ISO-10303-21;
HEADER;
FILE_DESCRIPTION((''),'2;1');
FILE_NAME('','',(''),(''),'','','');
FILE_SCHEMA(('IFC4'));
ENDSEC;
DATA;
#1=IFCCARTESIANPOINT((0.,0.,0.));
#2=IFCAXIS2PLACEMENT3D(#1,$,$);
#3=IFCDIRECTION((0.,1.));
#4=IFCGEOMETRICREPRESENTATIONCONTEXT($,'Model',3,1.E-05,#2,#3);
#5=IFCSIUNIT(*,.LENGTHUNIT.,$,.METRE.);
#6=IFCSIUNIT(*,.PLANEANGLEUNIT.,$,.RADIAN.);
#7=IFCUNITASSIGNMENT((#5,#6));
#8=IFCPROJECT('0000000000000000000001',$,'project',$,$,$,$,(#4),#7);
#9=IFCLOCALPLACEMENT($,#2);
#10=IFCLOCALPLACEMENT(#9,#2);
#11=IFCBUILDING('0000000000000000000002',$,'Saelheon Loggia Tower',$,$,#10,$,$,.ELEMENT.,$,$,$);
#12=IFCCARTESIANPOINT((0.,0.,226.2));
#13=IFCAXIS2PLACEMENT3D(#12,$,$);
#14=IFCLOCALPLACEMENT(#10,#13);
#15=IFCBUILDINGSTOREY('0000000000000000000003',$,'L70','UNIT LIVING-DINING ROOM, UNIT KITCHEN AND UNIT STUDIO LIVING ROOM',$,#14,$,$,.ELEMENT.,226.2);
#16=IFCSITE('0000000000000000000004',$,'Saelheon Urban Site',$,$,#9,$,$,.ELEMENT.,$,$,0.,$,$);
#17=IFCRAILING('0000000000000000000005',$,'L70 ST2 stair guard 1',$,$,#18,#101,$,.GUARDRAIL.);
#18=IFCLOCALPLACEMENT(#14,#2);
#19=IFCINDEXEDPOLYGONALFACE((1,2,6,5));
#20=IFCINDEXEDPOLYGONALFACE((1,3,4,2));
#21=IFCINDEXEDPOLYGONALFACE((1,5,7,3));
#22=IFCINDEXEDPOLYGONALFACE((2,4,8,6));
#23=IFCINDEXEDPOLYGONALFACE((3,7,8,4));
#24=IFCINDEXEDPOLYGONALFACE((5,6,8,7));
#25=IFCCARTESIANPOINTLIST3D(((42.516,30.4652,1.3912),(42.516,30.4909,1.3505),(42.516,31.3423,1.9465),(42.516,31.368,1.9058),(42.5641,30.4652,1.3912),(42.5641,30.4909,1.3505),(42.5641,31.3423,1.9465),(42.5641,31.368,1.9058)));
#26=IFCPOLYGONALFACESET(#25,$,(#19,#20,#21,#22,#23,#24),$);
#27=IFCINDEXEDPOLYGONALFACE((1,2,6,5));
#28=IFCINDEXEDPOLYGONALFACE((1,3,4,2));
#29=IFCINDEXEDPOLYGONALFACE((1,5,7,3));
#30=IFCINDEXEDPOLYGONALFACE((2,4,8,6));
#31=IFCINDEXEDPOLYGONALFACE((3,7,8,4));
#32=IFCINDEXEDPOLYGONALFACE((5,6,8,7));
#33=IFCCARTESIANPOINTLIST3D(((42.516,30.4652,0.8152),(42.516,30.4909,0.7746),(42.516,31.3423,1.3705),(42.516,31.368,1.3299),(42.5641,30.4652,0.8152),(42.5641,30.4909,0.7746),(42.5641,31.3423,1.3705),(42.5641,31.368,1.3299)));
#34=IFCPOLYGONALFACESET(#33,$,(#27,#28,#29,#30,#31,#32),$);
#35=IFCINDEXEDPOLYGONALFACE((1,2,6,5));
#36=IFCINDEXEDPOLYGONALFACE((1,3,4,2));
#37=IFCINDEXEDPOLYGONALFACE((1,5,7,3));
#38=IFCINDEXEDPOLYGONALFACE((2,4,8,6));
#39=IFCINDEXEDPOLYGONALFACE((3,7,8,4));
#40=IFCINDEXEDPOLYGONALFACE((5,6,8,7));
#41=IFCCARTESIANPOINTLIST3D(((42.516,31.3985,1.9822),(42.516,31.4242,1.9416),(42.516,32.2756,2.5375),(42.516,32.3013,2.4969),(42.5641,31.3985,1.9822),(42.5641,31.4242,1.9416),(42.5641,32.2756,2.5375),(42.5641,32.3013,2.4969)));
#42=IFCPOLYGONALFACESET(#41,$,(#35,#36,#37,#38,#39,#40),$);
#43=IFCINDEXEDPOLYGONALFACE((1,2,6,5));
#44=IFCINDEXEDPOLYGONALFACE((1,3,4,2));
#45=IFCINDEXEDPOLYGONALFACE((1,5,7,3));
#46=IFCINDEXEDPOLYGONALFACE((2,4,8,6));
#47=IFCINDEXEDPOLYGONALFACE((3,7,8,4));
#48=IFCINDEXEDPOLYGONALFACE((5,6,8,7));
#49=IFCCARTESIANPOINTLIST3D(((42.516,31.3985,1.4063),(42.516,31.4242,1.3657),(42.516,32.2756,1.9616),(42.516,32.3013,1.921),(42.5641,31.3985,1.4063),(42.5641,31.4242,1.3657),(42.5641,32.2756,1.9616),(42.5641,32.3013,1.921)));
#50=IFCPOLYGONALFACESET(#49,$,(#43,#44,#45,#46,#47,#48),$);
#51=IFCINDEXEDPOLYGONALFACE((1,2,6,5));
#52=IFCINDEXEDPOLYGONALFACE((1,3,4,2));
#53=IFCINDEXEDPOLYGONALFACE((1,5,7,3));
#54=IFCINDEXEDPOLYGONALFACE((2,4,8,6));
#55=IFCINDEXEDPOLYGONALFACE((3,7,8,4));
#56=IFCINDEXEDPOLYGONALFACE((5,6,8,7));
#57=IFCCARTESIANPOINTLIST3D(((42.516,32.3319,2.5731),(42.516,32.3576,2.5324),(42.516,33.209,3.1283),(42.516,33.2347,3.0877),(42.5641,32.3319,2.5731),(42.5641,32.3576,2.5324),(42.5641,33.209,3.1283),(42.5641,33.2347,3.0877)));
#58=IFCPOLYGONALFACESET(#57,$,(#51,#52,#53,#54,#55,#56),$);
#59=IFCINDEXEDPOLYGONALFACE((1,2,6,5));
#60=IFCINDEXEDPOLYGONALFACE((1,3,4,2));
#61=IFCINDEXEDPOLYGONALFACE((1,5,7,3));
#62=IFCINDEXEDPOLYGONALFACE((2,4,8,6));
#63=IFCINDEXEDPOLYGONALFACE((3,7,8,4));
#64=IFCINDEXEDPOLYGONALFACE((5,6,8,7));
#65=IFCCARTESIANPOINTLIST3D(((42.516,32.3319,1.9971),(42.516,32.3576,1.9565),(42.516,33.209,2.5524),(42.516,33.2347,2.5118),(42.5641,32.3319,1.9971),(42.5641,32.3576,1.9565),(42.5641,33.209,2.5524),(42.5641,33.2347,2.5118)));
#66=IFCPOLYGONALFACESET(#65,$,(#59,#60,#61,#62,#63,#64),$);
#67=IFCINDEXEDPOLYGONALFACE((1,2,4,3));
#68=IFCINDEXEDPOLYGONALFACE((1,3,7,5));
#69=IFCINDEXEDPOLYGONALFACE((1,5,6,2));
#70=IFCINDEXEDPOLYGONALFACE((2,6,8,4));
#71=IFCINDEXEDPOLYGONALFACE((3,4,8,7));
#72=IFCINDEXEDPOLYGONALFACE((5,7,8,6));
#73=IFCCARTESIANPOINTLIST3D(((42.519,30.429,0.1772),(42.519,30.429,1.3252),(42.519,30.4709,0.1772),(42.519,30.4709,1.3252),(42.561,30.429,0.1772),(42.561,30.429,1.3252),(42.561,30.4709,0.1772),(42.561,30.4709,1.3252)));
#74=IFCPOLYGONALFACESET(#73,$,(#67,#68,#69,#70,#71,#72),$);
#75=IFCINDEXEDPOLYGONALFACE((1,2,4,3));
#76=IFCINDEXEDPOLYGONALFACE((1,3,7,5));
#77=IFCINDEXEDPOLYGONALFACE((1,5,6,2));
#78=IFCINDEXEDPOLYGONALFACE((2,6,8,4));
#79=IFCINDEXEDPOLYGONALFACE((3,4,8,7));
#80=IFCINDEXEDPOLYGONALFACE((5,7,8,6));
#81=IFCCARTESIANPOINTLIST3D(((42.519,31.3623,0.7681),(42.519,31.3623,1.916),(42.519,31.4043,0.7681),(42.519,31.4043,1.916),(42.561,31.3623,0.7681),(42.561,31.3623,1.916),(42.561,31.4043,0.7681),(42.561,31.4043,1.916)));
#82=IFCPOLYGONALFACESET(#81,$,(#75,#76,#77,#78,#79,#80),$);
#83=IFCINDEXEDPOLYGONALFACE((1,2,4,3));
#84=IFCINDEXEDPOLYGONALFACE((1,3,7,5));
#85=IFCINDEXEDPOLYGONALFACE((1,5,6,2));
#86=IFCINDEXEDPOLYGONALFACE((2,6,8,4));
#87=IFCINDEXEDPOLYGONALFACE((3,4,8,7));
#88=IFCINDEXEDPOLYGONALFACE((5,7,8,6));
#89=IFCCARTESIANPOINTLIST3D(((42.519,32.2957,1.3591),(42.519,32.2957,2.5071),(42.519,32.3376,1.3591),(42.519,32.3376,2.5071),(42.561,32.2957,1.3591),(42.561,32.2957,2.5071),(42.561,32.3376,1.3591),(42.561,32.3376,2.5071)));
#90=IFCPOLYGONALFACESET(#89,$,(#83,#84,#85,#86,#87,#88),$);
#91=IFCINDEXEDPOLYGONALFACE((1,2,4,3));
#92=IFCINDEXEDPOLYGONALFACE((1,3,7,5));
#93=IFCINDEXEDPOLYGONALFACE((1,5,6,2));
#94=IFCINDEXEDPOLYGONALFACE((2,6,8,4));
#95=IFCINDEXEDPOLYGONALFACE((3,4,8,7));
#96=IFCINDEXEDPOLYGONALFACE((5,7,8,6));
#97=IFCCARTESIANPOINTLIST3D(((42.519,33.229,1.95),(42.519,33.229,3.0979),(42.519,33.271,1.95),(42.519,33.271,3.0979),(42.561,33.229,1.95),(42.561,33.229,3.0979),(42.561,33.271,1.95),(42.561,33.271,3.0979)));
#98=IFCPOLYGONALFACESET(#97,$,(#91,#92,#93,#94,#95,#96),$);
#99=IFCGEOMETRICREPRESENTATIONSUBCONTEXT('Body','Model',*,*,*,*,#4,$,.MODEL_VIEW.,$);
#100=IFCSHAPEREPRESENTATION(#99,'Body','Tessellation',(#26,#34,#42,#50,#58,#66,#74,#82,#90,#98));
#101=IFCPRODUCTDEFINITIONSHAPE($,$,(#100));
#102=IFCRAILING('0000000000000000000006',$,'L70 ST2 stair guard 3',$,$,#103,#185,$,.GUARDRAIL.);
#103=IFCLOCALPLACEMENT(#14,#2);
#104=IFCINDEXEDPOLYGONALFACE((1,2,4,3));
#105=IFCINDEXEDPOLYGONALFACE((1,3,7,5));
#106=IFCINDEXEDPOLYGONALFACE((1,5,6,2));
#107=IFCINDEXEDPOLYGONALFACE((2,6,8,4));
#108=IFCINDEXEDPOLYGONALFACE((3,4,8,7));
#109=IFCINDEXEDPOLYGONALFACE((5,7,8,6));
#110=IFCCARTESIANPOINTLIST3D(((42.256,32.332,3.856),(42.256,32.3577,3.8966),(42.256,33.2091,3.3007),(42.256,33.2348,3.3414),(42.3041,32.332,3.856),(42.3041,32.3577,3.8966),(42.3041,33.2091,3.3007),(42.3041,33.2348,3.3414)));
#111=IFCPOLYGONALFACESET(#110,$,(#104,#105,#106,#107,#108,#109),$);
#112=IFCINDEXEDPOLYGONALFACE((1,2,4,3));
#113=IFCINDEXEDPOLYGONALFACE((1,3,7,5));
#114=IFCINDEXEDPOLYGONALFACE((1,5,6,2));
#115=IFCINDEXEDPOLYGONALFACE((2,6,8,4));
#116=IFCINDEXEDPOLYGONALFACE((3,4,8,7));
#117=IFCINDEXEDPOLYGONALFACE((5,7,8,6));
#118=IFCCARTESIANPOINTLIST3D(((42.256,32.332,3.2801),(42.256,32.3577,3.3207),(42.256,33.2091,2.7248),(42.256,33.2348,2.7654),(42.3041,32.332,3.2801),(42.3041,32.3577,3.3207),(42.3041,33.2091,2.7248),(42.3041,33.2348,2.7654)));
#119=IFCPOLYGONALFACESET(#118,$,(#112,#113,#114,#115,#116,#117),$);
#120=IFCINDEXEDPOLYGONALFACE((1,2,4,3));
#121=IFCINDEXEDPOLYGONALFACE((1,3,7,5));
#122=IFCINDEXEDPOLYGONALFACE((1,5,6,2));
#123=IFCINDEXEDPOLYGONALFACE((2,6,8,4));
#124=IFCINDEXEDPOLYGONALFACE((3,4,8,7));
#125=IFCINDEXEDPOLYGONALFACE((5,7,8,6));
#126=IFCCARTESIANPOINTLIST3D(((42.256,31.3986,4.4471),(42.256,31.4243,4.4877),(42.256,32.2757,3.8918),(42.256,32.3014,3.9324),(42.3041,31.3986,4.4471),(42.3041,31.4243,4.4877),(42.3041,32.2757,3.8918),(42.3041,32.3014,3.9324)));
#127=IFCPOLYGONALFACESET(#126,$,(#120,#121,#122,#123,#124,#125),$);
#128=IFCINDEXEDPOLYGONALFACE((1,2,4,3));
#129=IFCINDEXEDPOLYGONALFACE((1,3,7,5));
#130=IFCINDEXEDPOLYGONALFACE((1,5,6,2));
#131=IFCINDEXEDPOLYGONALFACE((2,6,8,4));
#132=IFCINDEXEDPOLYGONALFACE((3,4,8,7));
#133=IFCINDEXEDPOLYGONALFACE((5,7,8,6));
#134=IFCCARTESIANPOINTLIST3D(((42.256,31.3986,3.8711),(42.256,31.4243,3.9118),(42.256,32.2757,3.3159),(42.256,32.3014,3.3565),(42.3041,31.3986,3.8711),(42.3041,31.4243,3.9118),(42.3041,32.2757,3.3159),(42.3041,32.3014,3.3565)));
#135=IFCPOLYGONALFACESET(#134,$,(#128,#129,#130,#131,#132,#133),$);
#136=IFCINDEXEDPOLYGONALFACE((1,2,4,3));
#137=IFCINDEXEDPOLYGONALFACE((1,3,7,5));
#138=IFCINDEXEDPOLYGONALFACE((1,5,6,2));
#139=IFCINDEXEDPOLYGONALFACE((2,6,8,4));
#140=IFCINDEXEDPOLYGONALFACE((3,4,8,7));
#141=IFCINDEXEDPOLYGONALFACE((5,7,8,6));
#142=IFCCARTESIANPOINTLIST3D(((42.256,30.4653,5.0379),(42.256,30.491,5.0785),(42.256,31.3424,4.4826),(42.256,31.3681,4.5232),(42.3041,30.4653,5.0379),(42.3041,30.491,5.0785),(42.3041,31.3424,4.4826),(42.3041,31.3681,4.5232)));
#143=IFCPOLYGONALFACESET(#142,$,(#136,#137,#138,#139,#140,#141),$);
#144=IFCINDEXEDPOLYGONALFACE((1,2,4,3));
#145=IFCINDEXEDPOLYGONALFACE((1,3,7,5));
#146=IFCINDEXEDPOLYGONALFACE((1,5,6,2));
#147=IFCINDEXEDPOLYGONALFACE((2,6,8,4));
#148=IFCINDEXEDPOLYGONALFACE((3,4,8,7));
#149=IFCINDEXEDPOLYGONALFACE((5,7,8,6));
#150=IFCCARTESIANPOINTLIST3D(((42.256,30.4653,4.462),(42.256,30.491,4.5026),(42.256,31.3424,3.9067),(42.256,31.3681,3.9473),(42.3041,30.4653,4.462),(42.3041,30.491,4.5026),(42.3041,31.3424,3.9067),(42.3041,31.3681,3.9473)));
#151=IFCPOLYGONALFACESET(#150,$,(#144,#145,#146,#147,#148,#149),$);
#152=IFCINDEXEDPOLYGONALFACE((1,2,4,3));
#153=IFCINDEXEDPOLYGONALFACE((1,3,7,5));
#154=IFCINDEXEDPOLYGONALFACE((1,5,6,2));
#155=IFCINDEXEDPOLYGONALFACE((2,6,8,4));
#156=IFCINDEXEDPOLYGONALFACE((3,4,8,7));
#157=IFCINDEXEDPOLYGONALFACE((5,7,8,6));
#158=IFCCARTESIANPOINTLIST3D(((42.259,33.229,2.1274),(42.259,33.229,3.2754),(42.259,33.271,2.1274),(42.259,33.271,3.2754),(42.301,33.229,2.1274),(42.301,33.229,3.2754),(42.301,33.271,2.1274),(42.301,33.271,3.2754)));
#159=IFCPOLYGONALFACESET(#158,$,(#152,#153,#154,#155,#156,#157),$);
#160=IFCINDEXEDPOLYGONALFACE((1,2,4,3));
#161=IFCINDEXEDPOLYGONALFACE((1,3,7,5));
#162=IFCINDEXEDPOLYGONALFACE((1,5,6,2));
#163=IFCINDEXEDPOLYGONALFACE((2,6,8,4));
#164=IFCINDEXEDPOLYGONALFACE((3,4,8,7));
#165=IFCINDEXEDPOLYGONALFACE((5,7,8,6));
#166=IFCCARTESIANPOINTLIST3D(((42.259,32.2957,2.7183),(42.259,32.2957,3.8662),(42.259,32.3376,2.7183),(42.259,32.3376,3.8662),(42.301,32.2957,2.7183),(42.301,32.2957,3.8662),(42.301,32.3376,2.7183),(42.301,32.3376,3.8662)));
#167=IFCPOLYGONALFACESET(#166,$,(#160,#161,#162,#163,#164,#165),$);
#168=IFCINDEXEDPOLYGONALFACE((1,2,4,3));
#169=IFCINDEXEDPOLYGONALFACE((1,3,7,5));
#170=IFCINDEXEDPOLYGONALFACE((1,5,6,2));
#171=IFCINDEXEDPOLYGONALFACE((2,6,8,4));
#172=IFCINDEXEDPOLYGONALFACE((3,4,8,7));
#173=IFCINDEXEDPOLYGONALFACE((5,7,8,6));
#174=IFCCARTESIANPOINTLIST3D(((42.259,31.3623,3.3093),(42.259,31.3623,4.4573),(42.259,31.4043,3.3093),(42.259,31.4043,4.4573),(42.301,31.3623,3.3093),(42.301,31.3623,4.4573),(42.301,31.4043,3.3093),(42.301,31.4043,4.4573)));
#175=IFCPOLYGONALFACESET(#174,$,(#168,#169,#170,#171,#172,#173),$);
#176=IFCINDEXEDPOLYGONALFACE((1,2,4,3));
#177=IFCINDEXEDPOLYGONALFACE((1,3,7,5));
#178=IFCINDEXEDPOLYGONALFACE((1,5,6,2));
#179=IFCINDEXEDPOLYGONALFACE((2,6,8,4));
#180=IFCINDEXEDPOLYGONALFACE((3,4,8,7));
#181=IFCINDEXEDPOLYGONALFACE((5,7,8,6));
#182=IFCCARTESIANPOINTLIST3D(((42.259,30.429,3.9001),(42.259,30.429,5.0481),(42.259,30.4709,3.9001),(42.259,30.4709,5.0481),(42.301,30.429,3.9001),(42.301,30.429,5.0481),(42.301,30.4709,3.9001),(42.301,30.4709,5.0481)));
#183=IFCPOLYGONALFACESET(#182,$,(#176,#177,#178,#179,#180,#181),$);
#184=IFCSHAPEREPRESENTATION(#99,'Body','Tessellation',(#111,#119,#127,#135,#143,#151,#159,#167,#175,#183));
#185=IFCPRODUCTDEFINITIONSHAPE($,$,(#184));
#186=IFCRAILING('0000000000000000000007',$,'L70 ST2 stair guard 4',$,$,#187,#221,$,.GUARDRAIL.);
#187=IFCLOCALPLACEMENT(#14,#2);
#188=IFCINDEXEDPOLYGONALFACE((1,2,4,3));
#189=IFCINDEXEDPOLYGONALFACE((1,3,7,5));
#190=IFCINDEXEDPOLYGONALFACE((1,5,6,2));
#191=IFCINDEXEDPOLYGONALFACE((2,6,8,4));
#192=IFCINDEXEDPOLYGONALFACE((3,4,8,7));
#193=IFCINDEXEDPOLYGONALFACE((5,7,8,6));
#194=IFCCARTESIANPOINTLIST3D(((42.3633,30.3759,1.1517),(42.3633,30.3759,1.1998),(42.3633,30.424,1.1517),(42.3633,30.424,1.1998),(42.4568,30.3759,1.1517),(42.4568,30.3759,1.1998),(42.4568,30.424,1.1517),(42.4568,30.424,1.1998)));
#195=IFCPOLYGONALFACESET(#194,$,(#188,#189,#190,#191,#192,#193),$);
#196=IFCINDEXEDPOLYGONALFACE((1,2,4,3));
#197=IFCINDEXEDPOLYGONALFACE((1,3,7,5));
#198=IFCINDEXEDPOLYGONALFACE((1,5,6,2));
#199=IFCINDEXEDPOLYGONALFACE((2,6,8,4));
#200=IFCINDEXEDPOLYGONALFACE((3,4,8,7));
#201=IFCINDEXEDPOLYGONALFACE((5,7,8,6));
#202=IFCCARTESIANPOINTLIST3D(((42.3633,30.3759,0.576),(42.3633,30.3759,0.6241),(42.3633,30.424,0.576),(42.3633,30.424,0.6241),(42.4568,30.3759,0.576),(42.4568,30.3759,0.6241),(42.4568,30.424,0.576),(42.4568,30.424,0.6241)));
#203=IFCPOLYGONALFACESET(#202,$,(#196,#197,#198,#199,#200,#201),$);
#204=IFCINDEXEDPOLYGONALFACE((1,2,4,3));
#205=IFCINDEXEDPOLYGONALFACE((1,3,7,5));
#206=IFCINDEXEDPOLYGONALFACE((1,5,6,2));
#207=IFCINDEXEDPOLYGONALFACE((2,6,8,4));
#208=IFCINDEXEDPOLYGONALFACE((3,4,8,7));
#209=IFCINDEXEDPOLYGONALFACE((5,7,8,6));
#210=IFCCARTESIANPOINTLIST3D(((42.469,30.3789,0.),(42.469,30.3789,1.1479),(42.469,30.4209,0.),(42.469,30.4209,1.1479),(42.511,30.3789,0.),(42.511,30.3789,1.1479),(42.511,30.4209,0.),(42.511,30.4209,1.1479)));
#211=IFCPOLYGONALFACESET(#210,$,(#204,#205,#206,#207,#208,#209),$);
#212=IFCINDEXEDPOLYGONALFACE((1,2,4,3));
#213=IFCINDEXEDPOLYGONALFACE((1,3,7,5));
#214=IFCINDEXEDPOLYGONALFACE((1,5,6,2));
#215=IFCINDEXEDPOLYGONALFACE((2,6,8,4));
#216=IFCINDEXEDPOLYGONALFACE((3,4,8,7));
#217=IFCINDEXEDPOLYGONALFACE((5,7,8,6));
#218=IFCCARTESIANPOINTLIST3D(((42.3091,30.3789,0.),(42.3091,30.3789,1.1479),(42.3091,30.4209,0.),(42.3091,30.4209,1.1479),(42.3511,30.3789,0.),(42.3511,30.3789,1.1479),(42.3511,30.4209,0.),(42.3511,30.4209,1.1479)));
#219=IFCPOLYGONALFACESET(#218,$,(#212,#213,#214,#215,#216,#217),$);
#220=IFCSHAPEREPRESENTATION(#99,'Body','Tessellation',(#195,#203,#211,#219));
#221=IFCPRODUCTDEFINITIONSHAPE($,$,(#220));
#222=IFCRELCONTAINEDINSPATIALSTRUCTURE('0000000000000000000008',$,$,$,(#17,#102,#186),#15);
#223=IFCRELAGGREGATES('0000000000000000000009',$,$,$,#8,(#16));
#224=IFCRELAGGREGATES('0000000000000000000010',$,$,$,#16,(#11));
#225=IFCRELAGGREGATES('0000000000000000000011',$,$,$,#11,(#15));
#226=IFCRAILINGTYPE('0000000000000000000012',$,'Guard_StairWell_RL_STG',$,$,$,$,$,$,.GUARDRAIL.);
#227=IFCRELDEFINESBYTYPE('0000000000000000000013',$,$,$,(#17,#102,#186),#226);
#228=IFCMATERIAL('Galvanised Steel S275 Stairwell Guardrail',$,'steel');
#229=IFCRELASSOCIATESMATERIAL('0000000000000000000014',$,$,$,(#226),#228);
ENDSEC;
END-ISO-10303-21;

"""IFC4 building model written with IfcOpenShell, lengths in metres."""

from ifc_helpers import new_model, si_unit, direction, frame, origin, origin_2d, place, context, subcontext, project, spatial, rectangle, extrude, material, type_object, element, save


model = new_model("IFC4")

# Units and contexts
model_context = context("Model", 3, precision=1e-05, world=origin(), true_north=direction((0.0, 1.0)))
body_context = subcontext(model_context, "Body", "Model", "MODEL_VIEW")
ifc_project = project(units=[si_unit("LENGTHUNIT", "METRE"), si_unit("PLANEANGLEUNIT", "RADIAN")], contexts=[model_context])

# Site, building, storey
site_placement = place(None, origin())
site = spatial("IfcSite", under=ifc_project, at=site_placement, Name="Saelheon Urban Site", CompositionType="ELEMENT", RefElevation=0.0)
building_placement = place(site_placement, origin())
building = spatial("IfcBuilding", under=site, at=building_placement, Name="Saelheon Loggia Tower", CompositionType="ELEMENT")
storey_placement = place(building_placement, frame((0.0, 0.0, 226.2)))
storey = spatial("IfcBuildingStorey", under=building, at=storey_placement, Name="L70", Description="UNIT LIVING-DINING ROOM, UNIT KITCHEN AND UNIT STUDIO LIVING ROOM", CompositionType="ELEMENT", Elevation=226.2)

# Railings
ifc_material_1 = material(Name="Galvanised Steel S275 Stairwell Guardrail", Category="steel")
railing_type_1 = type_object("IfcRailingType", Name="Guard_StairWell_RL_STG", PredefinedType="GUARDRAIL", material=ifc_material_1)
railing_1_placement = place(storey_placement, frame((42.54, 30.45, 0.1772)))
element("IfcRailing", 1, at=railing_1_placement, inside=storey, type_object=railing_type_1, Name="L70 ST2 stair guard 1", PredefinedType="GUARDRAIL", context=body_context, shape_type="SweptSolid", body=[
    extrude(rectangle(XDim=0.0481, YDim=0.0481, at=origin_2d()), frame((0.0, 0.0281, 1.1936), z_axis=(0.0, 0.844909, 0.53491), x_axis=(-1.0, 0.0, 0.0)), (0.0, 0.0, 1.0), 1.0381),
    extrude(rectangle(XDim=0.0481, YDim=0.0481, at=origin_2d()), frame((0.0, 0.0281, 0.6177), z_axis=(0.0, 0.844909, 0.53491), x_axis=(-1.0, 0.0, 0.0)), (0.0, 0.0, 1.0), 1.0381),
    extrude(rectangle(XDim=0.0481, YDim=0.0481, at=origin_2d()), frame((0.0, 0.9614, 1.7847), z_axis=(0.0, 0.844909, 0.53491), x_axis=(-1.0, 0.0, 0.0)), (0.0, 0.0, 1.0), 1.0381),
    extrude(rectangle(XDim=0.0481, YDim=0.0481, at=origin_2d()), frame((0.0, 0.9614, 1.2087), z_axis=(0.0, 0.844909, 0.53491), x_axis=(-1.0, 0.0, 0.0)), (0.0, 0.0, 1.0), 1.0381),
    extrude(rectangle(XDim=0.0481, YDim=0.0481, at=origin_2d()), frame((0.0, 1.8948, 2.3755), z_axis=(0.0, 0.844909, 0.53491), x_axis=(-1.0, 0.0, 0.0)), (0.0, 0.0, 1.0), 1.0381),
    extrude(rectangle(XDim=0.0481, YDim=0.0481, at=origin_2d()), frame((0.0, 1.8948, 1.7996), z_axis=(0.0, 0.844909, 0.53491), x_axis=(-1.0, 0.0, 0.0)), (0.0, 0.0, 1.0), 1.0381),
    extrude(rectangle(XDim=0.042, YDim=0.042, at=origin_2d()), origin(), (0.0, 0.0, 1.0), 1.1479),
    extrude(rectangle(XDim=0.042, YDim=0.042, at=origin_2d()), frame((0.0, 0.9333, 0.5908)), (0.0, 0.0, 1.0), 1.1479),
    extrude(rectangle(XDim=0.042, YDim=0.042, at=origin_2d()), frame((0.0, 1.8667, 1.1819)), (0.0, 0.0, 1.0), 1.1479),
    extrude(rectangle(XDim=0.042, YDim=0.042, at=origin_2d()), frame((0.0, 2.8, 1.7727)), (0.0, 0.0, 1.0), 1.1479),
])
railing_2_placement = place(storey_placement, frame((42.28, 33.25, 2.1274)))
element("IfcRailing", 2, at=railing_2_placement, inside=storey, type_object=railing_type_1, Name="L70 ST2 stair guard 3", PredefinedType="GUARDRAIL", context=body_context, shape_type="SweptSolid", body=[
    extrude(rectangle(XDim=0.0481, YDim=0.0481, at=origin_2d()), frame((0.0, -0.0281, 1.1936), z_axis=(0.0, -0.844909, 0.53491), x_axis=(1.0, 0.0, 0.0)), (0.0, 0.0, 1.0), 1.0381),
    extrude(rectangle(XDim=0.0481, YDim=0.0481, at=origin_2d()), frame((0.0, -0.0281, 0.6177), z_axis=(0.0, -0.844909, 0.53491), x_axis=(1.0, 0.0, 0.0)), (0.0, 0.0, 1.0), 1.0381),
    extrude(rectangle(XDim=0.0481, YDim=0.0481, at=origin_2d()), frame((0.0, -0.9614, 1.7847), z_axis=(0.0, -0.844909, 0.53491), x_axis=(1.0, 0.0, 0.0)), (0.0, 0.0, 1.0), 1.0381),
    extrude(rectangle(XDim=0.0481, YDim=0.0481, at=origin_2d()), frame((0.0, -0.9614, 1.2087), z_axis=(0.0, -0.844909, 0.53491), x_axis=(1.0, 0.0, 0.0)), (0.0, 0.0, 1.0), 1.0381),
    extrude(rectangle(XDim=0.0481, YDim=0.0481, at=origin_2d()), frame((0.0, -1.8948, 2.3755), z_axis=(0.0, -0.844909, 0.53491), x_axis=(1.0, 0.0, 0.0)), (0.0, 0.0, 1.0), 1.0381),
    extrude(rectangle(XDim=0.0481, YDim=0.0481, at=origin_2d()), frame((0.0, -1.8948, 1.7996), z_axis=(0.0, -0.844909, 0.53491), x_axis=(1.0, 0.0, 0.0)), (0.0, 0.0, 1.0), 1.0381),
    extrude(rectangle(XDim=0.042, YDim=0.042, at=origin_2d()), origin(), (0.0, 0.0, 1.0), 1.1479),
    extrude(rectangle(XDim=0.042, YDim=0.042, at=origin_2d()), frame((0.0, -0.9333, 0.5908)), (0.0, 0.0, 1.0), 1.1479),
    extrude(rectangle(XDim=0.042, YDim=0.042, at=origin_2d()), frame((0.0, -1.8667, 1.1819)), (0.0, 0.0, 1.0), 1.1479),
    extrude(rectangle(XDim=0.042, YDim=0.042, at=origin_2d()), frame((0.0, -2.8, 1.7727)), (0.0, 0.0, 1.0), 1.1479),
])
railing_3_placement = place(storey_placement, frame((42.49, 30.3999, 0.0)))
element("IfcRailing", 3, at=railing_3_placement, inside=storey, type_object=railing_type_1, Name="L70 ST2 stair guard 4", PredefinedType="GUARDRAIL", context=body_context, shape_type="SweptSolid", body=[
    extrude(rectangle(XDim=0.0481, YDim=0.0481, at=origin_2d()), frame((-0.0332, 0.0, 1.1758), z_axis=(-1.0, 0.0, 0.0), x_axis=(0.0, -1.0, 0.0)), (0.0, 0.0, 1.0), 0.0935),
    extrude(rectangle(XDim=0.0481, YDim=0.0481, at=origin_2d()), frame((-0.0332, 0.0, 0.6001), z_axis=(-1.0, 0.0, 0.0), x_axis=(0.0, -1.0, 0.0)), (0.0, 0.0, 1.0), 0.0935),
    extrude(rectangle(XDim=0.042, YDim=0.042, at=origin_2d()), origin(), (0.0, 0.0, 1.0), 1.1479),
    extrude(rectangle(XDim=0.042, YDim=0.042, at=origin_2d()), frame((-0.1599, 0.0, 0.0)), (0.0, 0.0, 1.0), 1.1479),
])

save(model, "model.ifc")
